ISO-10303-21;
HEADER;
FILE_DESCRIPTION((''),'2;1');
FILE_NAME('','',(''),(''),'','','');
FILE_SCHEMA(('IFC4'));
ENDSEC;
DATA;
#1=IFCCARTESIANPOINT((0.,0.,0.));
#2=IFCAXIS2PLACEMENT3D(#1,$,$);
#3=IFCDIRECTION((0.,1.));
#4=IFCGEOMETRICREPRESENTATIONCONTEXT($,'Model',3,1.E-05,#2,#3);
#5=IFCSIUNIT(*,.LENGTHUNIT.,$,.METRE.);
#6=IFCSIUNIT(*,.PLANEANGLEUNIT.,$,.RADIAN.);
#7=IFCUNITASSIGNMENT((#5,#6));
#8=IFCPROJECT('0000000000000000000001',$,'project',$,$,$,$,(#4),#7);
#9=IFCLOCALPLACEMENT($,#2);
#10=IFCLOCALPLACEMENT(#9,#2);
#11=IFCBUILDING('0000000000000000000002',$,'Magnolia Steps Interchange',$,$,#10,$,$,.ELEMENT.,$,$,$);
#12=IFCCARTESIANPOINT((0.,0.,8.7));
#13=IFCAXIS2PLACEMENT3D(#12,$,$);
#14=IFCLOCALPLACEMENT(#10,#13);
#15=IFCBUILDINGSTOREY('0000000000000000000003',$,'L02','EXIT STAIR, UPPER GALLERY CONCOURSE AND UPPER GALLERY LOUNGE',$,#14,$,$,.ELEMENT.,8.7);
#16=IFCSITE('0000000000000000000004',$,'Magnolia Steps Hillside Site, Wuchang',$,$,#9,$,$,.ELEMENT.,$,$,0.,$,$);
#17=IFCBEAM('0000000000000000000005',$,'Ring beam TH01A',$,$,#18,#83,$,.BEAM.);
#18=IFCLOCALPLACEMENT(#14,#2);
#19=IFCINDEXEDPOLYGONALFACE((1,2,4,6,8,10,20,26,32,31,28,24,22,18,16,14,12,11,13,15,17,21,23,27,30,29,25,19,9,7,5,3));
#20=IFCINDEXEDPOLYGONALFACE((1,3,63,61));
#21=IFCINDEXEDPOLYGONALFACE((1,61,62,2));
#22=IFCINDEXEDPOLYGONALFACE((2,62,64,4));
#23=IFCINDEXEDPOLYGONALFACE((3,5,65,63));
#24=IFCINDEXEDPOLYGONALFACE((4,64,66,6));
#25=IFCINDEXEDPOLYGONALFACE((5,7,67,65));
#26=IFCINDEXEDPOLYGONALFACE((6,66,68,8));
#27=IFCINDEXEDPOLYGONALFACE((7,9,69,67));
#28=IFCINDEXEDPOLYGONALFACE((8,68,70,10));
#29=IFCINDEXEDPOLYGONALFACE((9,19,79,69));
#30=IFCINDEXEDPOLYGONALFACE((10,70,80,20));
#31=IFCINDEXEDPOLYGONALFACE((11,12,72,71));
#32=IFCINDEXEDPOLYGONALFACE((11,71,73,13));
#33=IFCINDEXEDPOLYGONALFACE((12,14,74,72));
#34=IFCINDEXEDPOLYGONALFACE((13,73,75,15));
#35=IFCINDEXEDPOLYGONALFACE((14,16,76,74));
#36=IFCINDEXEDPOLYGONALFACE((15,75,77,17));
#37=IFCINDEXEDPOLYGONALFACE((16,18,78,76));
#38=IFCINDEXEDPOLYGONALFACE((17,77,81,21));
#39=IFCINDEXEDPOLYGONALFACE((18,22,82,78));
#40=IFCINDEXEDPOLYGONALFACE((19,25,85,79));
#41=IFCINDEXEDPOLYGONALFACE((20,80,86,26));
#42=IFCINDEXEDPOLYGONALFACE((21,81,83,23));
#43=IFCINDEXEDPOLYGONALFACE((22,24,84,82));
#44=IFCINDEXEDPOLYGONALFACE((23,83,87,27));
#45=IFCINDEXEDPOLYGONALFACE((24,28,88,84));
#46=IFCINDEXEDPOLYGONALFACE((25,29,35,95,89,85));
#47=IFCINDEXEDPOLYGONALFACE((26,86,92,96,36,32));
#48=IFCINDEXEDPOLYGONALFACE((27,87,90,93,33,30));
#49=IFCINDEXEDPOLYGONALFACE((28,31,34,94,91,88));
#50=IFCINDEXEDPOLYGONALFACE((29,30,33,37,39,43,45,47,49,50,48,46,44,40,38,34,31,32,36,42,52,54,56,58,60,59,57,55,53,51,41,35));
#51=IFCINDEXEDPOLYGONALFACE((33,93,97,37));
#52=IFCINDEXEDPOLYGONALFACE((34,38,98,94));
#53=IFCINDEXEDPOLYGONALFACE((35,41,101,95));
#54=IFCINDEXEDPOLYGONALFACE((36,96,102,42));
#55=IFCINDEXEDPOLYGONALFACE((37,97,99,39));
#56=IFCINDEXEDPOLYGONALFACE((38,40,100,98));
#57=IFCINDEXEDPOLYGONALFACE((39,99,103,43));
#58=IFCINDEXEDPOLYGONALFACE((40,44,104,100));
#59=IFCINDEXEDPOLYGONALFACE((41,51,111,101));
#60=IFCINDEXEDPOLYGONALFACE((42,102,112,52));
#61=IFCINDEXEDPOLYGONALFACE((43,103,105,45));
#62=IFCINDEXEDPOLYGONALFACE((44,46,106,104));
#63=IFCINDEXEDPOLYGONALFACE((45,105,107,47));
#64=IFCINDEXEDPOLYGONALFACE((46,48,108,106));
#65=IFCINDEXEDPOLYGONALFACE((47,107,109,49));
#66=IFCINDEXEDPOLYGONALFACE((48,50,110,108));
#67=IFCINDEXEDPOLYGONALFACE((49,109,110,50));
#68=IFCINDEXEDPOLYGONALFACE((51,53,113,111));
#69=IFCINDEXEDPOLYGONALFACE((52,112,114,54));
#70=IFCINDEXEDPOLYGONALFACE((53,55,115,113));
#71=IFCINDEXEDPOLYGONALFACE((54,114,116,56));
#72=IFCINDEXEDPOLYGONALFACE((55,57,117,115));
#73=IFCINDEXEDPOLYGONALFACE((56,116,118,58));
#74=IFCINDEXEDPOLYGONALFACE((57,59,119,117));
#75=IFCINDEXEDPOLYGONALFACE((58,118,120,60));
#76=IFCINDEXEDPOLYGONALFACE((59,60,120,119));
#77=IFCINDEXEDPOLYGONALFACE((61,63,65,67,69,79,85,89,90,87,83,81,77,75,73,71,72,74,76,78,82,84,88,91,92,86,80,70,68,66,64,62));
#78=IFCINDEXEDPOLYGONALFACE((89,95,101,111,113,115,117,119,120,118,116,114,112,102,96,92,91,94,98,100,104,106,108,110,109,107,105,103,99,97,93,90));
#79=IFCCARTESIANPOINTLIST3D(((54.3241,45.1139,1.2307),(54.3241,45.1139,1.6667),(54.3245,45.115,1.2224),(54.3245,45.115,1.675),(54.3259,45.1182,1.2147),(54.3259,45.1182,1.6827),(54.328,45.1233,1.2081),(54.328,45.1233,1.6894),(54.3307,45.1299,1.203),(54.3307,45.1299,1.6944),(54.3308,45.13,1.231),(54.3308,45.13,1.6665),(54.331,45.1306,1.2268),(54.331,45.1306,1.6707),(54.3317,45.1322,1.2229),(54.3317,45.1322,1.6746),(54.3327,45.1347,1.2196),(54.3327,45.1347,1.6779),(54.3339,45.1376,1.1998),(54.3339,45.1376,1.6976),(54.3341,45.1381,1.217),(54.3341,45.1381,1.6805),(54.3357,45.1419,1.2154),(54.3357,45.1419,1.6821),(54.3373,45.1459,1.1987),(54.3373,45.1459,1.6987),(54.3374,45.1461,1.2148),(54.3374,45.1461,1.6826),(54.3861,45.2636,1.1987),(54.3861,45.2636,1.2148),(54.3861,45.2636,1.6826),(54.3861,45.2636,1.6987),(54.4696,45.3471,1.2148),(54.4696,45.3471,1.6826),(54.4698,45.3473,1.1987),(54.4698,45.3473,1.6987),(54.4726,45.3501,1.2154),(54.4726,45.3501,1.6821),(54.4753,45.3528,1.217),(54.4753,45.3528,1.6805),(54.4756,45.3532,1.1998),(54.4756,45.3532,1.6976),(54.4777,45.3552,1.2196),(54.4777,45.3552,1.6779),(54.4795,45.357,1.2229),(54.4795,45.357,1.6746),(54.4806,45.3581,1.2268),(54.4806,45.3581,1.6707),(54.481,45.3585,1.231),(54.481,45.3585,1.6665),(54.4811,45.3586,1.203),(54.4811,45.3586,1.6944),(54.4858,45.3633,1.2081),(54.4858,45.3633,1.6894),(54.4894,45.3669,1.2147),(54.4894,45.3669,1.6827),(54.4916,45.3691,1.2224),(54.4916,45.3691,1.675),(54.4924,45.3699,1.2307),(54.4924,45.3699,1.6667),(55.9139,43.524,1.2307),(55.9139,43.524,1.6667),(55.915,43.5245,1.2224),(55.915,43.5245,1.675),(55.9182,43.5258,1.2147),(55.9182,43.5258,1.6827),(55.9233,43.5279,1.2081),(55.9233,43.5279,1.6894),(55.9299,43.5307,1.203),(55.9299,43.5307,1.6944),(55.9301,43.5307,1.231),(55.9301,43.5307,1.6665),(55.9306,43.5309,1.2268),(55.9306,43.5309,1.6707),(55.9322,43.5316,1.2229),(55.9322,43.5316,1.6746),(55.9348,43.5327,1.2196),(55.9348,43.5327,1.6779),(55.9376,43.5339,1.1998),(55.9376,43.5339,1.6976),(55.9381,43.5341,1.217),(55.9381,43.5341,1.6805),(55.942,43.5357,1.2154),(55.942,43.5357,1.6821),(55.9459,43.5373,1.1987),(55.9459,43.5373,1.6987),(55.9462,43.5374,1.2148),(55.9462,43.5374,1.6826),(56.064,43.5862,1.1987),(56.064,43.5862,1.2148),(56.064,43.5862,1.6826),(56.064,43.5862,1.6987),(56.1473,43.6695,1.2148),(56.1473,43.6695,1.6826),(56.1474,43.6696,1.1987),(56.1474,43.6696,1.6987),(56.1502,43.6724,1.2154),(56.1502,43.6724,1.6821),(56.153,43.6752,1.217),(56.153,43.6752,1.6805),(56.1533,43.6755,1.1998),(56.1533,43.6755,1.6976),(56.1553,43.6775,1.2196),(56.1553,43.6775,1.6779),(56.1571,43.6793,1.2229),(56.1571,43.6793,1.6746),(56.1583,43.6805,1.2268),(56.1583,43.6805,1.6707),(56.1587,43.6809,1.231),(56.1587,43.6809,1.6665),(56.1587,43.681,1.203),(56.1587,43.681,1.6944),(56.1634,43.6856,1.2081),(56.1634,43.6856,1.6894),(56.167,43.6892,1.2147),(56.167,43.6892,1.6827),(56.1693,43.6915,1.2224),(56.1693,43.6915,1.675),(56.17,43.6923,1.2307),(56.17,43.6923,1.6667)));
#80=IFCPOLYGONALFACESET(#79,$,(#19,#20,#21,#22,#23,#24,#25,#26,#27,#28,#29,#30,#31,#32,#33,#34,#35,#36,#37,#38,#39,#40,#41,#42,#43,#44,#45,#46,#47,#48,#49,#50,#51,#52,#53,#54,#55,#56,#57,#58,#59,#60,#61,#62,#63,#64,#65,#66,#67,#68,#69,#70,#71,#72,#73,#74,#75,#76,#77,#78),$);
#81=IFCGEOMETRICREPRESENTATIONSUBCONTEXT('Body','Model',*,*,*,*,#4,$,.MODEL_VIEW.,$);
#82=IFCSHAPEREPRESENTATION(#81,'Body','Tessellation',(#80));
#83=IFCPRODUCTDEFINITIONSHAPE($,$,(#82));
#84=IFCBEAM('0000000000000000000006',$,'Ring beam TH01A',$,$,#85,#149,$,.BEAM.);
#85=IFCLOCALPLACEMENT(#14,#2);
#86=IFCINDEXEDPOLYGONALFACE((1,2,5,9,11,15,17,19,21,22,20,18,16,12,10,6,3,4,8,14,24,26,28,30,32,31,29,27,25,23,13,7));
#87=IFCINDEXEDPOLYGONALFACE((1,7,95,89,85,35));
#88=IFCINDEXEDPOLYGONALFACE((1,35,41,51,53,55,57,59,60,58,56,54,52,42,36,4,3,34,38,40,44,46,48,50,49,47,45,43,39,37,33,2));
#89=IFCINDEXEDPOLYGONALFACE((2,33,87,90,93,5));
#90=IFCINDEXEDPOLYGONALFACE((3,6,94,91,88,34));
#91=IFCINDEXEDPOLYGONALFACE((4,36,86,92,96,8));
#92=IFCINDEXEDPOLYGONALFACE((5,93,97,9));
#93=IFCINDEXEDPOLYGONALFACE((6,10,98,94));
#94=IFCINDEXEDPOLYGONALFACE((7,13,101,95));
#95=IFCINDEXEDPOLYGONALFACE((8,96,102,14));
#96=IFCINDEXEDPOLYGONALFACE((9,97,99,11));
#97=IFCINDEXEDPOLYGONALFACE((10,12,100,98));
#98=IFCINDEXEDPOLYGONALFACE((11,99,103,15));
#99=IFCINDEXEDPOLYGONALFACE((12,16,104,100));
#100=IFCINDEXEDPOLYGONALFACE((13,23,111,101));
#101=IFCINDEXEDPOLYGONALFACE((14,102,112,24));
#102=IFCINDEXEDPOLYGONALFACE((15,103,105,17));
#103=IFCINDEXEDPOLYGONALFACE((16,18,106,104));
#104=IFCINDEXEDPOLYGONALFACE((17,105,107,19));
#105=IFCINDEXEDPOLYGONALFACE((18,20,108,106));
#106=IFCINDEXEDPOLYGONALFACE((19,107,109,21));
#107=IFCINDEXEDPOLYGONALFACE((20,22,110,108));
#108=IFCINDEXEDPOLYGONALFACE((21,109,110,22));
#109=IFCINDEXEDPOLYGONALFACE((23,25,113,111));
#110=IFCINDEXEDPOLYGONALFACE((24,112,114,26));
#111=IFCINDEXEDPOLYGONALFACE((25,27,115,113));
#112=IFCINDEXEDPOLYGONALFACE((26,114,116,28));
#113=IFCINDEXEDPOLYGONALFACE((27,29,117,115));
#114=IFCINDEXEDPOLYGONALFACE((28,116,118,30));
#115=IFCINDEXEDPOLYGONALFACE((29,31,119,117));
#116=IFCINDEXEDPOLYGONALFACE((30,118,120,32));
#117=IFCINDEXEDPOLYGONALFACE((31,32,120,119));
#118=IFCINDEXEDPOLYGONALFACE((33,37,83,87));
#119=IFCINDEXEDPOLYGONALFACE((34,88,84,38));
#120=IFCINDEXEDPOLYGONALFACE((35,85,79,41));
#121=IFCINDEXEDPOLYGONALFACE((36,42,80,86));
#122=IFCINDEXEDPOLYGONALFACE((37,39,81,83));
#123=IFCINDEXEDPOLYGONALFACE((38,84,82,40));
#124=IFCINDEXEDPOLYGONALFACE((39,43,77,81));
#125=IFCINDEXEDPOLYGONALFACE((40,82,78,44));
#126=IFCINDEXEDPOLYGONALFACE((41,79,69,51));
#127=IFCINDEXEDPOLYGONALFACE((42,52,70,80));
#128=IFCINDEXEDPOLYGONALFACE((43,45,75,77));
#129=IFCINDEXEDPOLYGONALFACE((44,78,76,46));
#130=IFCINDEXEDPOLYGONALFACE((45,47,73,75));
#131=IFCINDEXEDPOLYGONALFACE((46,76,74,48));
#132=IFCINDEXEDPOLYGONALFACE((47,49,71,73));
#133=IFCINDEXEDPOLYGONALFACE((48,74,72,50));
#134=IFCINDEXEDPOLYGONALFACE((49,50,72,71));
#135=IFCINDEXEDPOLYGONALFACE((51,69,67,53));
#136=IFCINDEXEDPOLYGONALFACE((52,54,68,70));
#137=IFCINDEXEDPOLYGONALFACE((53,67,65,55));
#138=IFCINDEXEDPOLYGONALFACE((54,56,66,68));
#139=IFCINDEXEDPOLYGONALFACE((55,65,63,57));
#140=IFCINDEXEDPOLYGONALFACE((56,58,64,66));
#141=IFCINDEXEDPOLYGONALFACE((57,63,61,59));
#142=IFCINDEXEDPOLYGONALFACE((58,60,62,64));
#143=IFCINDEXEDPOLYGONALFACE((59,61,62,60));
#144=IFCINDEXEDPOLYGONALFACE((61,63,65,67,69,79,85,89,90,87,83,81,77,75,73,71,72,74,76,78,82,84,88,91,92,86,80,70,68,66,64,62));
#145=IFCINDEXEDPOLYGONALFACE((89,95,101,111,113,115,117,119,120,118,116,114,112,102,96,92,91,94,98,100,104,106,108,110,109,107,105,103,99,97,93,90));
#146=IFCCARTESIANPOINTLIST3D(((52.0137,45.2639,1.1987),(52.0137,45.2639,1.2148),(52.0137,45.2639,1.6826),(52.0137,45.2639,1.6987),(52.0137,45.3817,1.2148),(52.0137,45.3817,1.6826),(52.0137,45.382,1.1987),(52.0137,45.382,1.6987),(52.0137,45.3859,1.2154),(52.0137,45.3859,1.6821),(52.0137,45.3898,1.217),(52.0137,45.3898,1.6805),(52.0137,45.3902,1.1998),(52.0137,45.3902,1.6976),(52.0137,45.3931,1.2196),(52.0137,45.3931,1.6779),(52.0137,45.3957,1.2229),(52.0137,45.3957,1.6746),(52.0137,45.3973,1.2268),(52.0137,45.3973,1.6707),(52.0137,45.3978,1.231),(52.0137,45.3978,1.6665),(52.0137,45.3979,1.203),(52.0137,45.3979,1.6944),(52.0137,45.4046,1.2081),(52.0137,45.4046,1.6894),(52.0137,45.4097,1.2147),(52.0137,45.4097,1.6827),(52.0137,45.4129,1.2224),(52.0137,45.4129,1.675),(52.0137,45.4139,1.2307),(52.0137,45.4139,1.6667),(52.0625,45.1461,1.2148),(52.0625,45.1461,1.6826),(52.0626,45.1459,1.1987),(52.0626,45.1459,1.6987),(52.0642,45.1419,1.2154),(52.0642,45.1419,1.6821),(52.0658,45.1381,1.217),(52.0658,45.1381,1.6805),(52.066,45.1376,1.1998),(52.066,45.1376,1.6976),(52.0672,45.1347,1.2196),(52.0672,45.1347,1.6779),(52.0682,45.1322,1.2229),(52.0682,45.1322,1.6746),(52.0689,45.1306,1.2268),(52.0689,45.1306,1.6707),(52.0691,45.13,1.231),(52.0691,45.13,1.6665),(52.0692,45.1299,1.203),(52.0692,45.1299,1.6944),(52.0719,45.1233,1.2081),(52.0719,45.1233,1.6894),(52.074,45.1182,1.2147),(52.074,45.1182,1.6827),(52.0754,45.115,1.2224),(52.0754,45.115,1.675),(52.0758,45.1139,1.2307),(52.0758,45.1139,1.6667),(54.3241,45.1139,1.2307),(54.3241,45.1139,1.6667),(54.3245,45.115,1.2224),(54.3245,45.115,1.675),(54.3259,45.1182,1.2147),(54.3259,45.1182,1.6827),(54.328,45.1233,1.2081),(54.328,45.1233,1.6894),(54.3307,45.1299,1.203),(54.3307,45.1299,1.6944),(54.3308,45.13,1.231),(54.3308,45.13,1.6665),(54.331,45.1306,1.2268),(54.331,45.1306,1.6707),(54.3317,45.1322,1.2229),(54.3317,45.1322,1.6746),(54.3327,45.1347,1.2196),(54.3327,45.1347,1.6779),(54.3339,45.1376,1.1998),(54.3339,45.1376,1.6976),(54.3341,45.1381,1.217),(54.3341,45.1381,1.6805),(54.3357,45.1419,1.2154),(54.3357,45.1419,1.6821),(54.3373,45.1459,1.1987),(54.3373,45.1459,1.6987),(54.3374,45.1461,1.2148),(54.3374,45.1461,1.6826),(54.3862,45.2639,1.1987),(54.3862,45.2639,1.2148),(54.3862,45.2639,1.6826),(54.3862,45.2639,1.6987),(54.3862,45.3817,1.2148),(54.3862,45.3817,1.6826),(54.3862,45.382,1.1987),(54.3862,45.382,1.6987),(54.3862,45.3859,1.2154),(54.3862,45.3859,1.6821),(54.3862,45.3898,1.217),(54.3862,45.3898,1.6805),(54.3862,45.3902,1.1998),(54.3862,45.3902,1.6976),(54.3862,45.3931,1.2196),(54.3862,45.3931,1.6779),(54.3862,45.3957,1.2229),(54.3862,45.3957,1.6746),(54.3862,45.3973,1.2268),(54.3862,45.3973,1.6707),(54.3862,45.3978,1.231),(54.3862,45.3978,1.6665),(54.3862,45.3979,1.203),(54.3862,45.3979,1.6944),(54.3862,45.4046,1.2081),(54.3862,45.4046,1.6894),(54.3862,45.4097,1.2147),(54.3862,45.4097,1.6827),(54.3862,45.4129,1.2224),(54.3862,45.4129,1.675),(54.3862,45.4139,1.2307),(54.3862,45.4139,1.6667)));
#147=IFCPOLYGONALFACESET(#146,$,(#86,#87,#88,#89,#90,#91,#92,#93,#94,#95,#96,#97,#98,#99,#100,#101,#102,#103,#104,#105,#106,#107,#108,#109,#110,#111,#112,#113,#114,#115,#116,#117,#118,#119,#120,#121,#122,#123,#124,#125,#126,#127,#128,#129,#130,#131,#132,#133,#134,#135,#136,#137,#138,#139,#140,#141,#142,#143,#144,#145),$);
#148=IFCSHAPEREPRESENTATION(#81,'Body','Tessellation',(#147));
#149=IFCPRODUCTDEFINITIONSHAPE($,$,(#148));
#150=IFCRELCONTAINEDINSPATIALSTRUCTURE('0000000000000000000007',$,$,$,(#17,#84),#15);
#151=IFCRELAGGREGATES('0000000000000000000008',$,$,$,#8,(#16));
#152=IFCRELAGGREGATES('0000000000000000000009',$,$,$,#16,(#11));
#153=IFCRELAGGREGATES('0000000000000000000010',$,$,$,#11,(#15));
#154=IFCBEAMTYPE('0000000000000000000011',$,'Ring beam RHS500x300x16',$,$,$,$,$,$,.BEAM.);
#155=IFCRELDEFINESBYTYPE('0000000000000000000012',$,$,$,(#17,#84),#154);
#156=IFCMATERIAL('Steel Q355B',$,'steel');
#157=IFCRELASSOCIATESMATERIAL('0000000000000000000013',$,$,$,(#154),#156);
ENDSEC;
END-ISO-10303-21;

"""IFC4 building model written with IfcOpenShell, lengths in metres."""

from ifc_helpers import new_model, si_unit, direction, frame, origin, origin_2d, place, context, subcontext, project, spatial, hollow_rectangle, extrude, clip, halfspace, material, material_profile, profile_set, type_object, element, save


model = new_model("IFC4")

# Units and contexts
model_context = context("Model", 3, precision=1e-05, world=origin(), true_north=direction((0.0, 1.0)))
body_context = subcontext(model_context, "Body", "Model", "MODEL_VIEW")
ifc_project = project(units=[si_unit("LENGTHUNIT", "METRE"), si_unit("PLANEANGLEUNIT", "RADIAN")], contexts=[model_context])

# Site, building, storey
site_placement = place(None, origin())
site = spatial("IfcSite", under=ifc_project, at=site_placement, Name="Magnolia Steps Hillside Site, Wuchang", CompositionType="ELEMENT", RefElevation=0.0)
building_placement = place(site_placement, origin())
building = spatial("IfcBuilding", under=site, at=building_placement, Name="Magnolia Steps Interchange", CompositionType="ELEMENT")
storey_placement = place(building_placement, frame((0.0, 0.0, 8.7)))
storey = spatial("IfcBuildingStorey", under=building, at=storey_placement, Name="L02", Description="EXIT STAIR, UPPER GALLERY CONCOURSE AND UPPER GALLERY LOUNGE", CompositionType="ELEMENT", Elevation=8.7)

# Beams
ifc_material_1 = material(Name="Steel Q355B", Category="steel")
ifc_material_profile_1 = material_profile(ifc_material_1, hollow_rectangle(XDim=0.3, YDim=0.5, WallThickness=0.0161, InnerFilletRadius=0.0161, OuterFilletRadius=0.032, at=origin_2d()), Name="RHS500x300x16")
ifc_profile_set_1 = profile_set([ifc_material_profile_1], Name="Steel Q355B")
beam_type_1 = type_object("IfcBeamType", Name="Ring beam RHS500x300x16", PredefinedType="BEAM", material=ifc_profile_set_1)
beam_1_placement = place(storey_placement, frame((56.064, 43.5862, 1.4487), z_axis=(-0.707107, 0.707107, 0.0), x_axis=(-0.707107, -0.707107, 0.0)))
element("IfcBeam", 1, at=beam_1_placement, inside=storey, type_object=beam_type_1, Name="Ring beam TH01A", PredefinedType="BEAM", context=body_context, shape_type="Clipping", body=[
    clip(clip(extrude(hollow_rectangle(XDim=0.3, YDim=0.5, WallThickness=0.0161, InnerFilletRadius=0.0161, OuterFilletRadius=0.032, at=origin_2d()), origin(), (0.0, 0.0, 1.0), 2.3726), halfspace(frame((0.0, 0.0, 0.0), z_axis=(0.382683, 0.0, -0.92388), x_axis=(0.92388, 0.0, 0.382683)), False)), halfspace(frame((0.0, 0.0, 2.3727), z_axis=(0.382683, 0.0, 0.92388), x_axis=(0.92388, 0.0, -0.382683)), False)),
])
beam_2_placement = place(storey_placement, frame((54.3862, 45.2639, 1.4487), z_axis=(-1.0, 0.0, 0.0), x_axis=(0.0, -1.0, 0.0)))
element("IfcBeam", 2, at=beam_2_placement, inside=storey, type_object=beam_type_1, Name="Ring beam TH01A", PredefinedType="BEAM", context=body_context, shape_type="Clipping", body=[
    clip(clip(extrude(hollow_rectangle(XDim=0.3, YDim=0.5, WallThickness=0.0161, InnerFilletRadius=0.0161, OuterFilletRadius=0.032, at=origin_2d()), origin(), (0.0, 0.0, 1.0), 2.3726), halfspace(frame((0.0, 0.0, 0.0), z_axis=(0.382683, 0.0, -0.92388), x_axis=(0.92388, 0.0, 0.382683)), False)), halfspace(frame((0.0, 0.0, 2.3726), z_axis=(0.382683, 0.0, 0.92388), x_axis=(0.92388, 0.0, -0.382683)), False)),
])

save(model, "model.ifc")
